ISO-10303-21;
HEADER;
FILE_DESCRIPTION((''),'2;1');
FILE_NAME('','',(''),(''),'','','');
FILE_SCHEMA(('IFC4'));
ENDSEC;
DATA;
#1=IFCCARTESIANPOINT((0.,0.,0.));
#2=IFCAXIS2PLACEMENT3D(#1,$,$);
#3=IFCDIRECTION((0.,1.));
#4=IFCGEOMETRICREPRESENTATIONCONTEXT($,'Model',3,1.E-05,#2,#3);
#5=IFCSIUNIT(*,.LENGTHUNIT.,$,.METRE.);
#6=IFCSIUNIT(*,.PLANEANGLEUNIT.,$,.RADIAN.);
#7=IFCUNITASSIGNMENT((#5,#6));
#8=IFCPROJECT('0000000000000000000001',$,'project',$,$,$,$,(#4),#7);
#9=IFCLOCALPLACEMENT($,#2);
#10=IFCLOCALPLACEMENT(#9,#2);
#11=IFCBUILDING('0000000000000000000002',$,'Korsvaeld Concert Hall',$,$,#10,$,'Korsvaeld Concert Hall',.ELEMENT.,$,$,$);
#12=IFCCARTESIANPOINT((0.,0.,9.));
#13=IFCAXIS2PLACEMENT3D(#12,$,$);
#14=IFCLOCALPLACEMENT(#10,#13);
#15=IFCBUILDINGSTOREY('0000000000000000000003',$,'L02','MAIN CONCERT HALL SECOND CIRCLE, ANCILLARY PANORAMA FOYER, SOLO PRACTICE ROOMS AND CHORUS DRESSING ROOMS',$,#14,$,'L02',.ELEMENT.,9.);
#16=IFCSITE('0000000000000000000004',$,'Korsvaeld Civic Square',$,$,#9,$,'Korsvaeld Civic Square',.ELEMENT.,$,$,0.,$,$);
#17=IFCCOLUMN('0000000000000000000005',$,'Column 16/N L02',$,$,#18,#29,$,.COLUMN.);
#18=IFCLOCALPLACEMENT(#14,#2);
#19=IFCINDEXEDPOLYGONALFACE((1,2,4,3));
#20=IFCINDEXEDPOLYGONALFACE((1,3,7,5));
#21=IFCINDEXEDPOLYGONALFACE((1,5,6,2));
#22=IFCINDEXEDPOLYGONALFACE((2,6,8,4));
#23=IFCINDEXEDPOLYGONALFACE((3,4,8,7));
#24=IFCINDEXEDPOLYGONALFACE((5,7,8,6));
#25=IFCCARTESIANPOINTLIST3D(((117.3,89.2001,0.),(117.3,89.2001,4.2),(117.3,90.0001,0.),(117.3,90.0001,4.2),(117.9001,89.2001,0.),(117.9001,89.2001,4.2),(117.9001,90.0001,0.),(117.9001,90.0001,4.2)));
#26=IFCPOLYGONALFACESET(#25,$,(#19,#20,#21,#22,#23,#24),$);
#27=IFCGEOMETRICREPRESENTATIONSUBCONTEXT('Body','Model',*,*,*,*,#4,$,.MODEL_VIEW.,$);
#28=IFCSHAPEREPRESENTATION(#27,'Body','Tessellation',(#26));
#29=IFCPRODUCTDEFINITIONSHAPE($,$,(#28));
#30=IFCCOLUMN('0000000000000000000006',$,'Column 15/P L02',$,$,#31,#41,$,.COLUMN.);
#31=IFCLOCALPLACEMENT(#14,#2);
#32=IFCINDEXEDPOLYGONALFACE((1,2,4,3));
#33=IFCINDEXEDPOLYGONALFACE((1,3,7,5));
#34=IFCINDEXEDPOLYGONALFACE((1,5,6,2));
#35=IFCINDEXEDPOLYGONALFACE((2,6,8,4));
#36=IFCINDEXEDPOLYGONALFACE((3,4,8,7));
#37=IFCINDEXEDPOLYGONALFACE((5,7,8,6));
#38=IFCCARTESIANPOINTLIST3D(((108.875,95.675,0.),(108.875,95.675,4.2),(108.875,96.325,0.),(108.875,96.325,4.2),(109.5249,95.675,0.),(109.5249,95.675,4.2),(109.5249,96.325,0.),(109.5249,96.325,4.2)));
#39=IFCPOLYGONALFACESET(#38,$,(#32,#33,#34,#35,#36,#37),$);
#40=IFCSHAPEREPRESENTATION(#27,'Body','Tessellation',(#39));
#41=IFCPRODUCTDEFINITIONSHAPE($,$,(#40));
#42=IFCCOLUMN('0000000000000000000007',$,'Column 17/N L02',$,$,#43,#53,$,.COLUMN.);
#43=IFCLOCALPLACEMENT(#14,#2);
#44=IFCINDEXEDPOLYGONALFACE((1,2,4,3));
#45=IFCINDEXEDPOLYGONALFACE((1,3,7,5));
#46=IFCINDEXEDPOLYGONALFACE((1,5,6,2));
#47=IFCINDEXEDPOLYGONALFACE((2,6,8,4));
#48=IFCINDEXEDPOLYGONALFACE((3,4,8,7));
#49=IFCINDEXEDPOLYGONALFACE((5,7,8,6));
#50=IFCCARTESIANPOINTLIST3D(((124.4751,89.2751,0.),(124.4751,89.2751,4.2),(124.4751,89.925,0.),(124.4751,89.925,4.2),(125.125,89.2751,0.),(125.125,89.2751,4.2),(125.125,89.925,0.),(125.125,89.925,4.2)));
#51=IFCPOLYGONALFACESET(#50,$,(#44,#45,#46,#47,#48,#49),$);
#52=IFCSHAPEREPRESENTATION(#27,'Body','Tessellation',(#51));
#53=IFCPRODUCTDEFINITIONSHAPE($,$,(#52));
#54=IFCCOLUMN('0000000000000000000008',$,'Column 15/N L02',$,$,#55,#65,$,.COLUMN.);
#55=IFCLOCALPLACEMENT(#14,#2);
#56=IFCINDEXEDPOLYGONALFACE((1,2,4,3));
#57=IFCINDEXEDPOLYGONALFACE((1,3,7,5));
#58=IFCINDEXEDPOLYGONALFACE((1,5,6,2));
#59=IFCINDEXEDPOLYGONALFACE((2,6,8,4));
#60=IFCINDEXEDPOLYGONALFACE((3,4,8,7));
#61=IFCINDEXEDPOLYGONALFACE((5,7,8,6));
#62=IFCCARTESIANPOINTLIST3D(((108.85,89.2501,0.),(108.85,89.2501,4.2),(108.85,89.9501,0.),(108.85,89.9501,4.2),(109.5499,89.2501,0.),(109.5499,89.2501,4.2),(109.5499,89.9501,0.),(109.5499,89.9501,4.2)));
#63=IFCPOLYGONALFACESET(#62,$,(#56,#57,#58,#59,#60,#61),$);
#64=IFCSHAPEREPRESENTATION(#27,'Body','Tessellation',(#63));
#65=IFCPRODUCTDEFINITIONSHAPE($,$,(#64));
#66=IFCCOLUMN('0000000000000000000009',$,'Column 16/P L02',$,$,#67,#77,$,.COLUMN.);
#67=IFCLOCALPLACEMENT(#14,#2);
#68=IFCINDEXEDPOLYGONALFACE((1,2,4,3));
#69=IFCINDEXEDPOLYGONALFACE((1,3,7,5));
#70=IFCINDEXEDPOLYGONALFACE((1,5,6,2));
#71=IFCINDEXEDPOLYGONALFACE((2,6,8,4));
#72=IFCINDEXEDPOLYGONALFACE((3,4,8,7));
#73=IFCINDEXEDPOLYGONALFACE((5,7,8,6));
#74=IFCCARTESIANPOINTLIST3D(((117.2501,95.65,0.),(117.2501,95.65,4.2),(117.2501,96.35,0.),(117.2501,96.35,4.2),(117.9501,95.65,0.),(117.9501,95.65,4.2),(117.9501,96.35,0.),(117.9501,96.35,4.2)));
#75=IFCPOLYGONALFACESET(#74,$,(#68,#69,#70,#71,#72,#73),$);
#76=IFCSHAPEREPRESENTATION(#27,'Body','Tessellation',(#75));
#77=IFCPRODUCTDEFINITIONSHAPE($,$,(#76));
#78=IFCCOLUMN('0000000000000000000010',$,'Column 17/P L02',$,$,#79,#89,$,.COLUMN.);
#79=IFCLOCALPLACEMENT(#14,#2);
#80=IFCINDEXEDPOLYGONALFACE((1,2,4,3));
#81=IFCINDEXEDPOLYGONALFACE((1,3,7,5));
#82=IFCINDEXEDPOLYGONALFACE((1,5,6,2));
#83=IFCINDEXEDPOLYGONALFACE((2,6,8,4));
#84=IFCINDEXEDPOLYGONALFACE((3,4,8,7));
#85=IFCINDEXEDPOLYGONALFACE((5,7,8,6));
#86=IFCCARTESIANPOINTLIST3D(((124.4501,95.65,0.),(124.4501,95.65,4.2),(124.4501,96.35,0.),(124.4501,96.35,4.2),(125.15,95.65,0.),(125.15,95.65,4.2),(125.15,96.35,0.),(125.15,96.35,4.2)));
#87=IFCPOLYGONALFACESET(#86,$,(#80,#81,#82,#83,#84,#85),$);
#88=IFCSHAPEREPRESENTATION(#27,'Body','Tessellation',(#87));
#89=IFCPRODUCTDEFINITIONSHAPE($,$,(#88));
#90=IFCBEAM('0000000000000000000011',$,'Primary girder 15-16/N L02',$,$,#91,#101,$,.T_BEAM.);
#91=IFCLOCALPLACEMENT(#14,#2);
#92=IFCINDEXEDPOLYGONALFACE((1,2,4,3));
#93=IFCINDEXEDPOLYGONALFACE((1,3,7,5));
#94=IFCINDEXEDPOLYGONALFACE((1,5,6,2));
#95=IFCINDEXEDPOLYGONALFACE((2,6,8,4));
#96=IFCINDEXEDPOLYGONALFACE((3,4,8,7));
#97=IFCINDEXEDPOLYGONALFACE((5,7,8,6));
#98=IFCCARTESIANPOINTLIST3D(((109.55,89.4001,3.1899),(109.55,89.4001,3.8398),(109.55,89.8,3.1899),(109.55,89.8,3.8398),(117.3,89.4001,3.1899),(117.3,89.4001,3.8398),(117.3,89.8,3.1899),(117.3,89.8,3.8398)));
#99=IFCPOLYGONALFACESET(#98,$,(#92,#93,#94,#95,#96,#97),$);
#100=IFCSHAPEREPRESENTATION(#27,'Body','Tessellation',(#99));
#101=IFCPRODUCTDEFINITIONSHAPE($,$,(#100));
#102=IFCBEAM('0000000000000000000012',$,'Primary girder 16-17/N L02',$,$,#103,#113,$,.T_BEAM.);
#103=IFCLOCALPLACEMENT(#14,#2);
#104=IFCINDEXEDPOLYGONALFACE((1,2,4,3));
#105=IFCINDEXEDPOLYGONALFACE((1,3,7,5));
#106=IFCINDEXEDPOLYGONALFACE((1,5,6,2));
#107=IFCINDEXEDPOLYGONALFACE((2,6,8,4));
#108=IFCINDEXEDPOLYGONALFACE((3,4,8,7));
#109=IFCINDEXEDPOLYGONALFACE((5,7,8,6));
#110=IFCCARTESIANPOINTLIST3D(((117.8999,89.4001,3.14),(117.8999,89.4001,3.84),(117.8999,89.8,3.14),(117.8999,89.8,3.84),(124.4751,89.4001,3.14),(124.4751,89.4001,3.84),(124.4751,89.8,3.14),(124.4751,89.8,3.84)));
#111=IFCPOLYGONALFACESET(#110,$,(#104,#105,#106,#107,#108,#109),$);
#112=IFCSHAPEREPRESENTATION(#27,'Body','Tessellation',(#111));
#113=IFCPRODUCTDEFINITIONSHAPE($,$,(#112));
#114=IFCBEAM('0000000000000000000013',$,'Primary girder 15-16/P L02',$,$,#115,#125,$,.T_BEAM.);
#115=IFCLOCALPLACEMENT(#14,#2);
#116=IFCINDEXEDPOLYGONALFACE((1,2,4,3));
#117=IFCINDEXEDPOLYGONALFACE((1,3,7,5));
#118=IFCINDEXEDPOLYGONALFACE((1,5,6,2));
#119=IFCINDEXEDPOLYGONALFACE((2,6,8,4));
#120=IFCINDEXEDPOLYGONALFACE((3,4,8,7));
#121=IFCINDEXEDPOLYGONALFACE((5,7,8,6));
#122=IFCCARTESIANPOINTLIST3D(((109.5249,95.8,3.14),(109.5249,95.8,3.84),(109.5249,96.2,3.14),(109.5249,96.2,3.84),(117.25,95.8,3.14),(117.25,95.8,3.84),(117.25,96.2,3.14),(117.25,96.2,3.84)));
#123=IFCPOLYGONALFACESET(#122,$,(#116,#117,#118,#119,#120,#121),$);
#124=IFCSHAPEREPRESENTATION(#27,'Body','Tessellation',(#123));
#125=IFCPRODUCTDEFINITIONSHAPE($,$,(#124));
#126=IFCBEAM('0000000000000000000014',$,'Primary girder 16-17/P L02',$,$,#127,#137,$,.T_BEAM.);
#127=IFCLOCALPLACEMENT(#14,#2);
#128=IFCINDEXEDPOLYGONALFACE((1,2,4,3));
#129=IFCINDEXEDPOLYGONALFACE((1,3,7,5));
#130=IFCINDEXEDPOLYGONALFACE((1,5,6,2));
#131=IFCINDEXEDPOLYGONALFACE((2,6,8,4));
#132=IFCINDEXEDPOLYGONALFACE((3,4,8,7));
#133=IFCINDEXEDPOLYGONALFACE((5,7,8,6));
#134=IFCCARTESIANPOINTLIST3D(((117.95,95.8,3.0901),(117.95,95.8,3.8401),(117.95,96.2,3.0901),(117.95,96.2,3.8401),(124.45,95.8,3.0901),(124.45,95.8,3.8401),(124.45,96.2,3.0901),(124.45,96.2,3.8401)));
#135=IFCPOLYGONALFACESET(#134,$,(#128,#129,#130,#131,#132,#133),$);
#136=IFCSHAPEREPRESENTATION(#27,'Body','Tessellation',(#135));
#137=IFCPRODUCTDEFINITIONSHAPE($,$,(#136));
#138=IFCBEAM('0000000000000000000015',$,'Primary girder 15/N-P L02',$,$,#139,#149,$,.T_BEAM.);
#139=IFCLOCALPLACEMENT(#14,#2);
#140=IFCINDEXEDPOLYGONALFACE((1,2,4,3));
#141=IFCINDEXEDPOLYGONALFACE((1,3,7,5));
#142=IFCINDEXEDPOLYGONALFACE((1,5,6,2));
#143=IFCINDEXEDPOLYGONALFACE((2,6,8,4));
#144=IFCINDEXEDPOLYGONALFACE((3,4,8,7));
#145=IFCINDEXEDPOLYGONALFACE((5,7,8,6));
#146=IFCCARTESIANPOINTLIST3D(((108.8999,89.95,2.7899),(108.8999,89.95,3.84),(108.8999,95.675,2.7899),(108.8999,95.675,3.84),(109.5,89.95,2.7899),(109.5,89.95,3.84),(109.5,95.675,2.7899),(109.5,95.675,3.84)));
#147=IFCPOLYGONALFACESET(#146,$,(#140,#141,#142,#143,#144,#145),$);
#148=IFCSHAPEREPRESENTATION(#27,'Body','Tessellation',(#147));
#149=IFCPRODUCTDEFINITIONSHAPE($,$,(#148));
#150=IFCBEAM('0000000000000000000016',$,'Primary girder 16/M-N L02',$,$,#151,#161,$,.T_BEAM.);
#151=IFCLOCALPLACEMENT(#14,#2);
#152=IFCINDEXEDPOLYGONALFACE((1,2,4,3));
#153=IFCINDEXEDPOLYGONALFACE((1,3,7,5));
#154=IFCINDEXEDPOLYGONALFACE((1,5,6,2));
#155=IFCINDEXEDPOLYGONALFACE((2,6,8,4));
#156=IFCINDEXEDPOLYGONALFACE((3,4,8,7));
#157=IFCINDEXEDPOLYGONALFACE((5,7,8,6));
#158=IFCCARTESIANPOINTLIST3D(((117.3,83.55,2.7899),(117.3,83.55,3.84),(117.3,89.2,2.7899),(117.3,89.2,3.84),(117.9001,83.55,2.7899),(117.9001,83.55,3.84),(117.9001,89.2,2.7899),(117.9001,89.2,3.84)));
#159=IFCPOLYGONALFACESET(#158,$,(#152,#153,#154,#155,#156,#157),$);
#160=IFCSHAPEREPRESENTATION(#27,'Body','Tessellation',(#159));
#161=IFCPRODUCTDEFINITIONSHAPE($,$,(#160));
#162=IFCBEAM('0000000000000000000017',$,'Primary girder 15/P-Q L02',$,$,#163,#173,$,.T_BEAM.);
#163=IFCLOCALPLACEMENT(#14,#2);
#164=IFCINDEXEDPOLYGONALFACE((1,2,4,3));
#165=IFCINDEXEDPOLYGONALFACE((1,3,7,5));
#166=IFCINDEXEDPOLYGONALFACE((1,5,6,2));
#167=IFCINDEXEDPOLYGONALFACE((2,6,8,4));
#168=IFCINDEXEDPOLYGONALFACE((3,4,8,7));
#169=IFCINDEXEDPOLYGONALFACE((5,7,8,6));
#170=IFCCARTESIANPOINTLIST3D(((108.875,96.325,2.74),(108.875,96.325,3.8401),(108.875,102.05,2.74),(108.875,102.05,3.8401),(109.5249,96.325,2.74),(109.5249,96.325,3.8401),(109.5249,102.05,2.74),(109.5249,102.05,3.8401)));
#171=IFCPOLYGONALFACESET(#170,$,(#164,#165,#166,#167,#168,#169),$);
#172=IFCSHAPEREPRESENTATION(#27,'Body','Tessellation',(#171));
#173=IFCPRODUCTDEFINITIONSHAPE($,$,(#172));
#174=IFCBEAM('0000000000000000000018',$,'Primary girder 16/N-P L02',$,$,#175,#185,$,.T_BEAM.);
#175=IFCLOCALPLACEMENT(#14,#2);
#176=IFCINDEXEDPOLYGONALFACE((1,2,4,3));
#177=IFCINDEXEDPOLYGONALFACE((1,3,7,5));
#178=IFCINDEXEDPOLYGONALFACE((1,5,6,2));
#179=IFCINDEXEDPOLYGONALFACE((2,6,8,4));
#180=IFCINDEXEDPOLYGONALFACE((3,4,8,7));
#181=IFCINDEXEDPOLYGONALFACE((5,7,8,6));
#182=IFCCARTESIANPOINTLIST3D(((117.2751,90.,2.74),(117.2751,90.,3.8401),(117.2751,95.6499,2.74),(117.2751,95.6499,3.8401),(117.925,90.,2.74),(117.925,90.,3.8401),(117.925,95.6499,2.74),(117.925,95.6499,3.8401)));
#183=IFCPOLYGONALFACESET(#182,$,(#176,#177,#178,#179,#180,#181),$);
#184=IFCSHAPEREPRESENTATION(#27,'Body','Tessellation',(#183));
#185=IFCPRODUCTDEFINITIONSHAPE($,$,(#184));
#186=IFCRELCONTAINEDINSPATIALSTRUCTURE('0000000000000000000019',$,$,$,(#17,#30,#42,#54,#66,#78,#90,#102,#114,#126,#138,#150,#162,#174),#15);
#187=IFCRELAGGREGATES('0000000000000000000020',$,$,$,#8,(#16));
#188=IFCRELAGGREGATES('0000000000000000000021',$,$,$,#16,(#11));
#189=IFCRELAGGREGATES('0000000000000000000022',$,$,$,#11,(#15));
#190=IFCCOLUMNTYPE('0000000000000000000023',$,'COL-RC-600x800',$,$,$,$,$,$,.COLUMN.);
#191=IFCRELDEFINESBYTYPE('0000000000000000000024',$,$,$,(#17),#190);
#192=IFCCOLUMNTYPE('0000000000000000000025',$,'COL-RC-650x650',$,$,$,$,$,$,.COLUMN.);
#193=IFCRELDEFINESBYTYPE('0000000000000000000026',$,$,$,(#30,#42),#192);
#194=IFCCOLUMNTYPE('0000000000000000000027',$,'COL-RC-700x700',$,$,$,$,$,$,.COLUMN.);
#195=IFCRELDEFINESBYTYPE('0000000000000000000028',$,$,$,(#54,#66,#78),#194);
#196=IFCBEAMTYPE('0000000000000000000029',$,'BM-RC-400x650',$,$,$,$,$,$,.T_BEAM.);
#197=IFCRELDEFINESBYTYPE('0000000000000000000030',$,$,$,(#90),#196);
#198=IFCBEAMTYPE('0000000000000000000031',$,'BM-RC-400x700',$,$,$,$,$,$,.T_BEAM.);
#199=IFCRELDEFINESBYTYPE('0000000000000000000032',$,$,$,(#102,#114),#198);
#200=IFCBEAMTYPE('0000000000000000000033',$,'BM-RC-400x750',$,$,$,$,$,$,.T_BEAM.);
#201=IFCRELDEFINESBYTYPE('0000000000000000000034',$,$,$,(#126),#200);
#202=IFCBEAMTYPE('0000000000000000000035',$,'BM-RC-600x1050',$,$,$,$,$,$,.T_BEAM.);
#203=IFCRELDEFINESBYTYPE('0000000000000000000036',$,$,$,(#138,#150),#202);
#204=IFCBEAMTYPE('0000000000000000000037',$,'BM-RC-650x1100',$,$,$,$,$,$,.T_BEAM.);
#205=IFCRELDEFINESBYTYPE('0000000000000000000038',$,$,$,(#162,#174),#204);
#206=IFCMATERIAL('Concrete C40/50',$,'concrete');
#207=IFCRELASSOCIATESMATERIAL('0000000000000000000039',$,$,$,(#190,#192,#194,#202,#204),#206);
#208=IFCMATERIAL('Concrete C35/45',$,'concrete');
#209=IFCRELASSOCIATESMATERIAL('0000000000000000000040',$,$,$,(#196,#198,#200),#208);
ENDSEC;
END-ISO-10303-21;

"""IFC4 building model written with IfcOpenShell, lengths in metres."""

from ifc_helpers import new_model, si_unit, direction, frame, origin, origin_2d, place, context, subcontext, project, spatial, rectangle, extrude, material, material_profile, profile_set, type_object, element, save


model = new_model("IFC4")

# Units and contexts
model_context = context("Model", 3, precision=1e-05, world=origin(), true_north=direction((0.0, 1.0)))
body_context = subcontext(model_context, "Body", "Model", "MODEL_VIEW")
ifc_project = project(units=[si_unit("LENGTHUNIT", "METRE"), si_unit("PLANEANGLEUNIT", "RADIAN")], contexts=[model_context])

# Site, building, storey
site_placement = place(None, origin())
site = spatial("IfcSite", under=ifc_project, at=site_placement, Name="Korsvaeld Civic Square", LongName="Korsvaeld Civic Square", CompositionType="ELEMENT", RefElevation=0.0)
building_placement = place(site_placement, origin())
building = spatial("IfcBuilding", under=site, at=building_placement, Name="Korsvaeld Concert Hall", LongName="Korsvaeld Concert Hall", CompositionType="ELEMENT")
storey_placement = place(building_placement, frame((0.0, 0.0, 9.0)))
storey = spatial("IfcBuildingStorey", under=building, at=storey_placement, Name="L02", Description="MAIN CONCERT HALL SECOND CIRCLE, ANCILLARY PANORAMA FOYER, SOLO PRACTICE ROOMS AND CHORUS DRESSING ROOMS", LongName="L02", CompositionType="ELEMENT", Elevation=9.0)

# Columns
ifc_material_1 = material(Name="Concrete C40/50", Category="concrete")
ifc_material_profile_1 = material_profile(ifc_material_1, rectangle(XDim=0.6001, YDim=0.8, at=origin_2d()), Name="RC 600x800")
ifc_profile_set_1 = profile_set([ifc_material_profile_1], Name="Concrete C40/50")
column_type_1 = type_object("IfcColumnType", Name="COL-RC-600x800", PredefinedType="COLUMN", material=ifc_profile_set_1)
column_placement = place(storey_placement, frame((117.6001, 89.6001, 0.0), z_axis=(0.0, 0.0, 1.0), x_axis=(1.0, 0.0, 0.0)))
element("IfcColumn", 1, at=column_placement, inside=storey, type_object=column_type_1, Name="Column 16/N L02", PredefinedType="COLUMN", context=body_context, shape_type="SweptSolid", body=[
    extrude(rectangle(XDim=0.6001, YDim=0.8, at=origin_2d()), origin(), (0.0, 0.0, 1.0), 4.2),
])
ifc_material_profile_2 = material_profile(ifc_material_1, rectangle(XDim=0.6499, YDim=0.6499, at=origin_2d()), Name="RC 650x650")
ifc_profile_set_2 = profile_set([ifc_material_profile_2], Name="Concrete C40/50")
column_type_2 = type_object("IfcColumnType", Name="COL-RC-650x650", PredefinedType="COLUMN", material=ifc_profile_set_2)
for number, where, z_axis, x_axis, name in (
    (2, (109.2, 96.0, 0.0), (0.0, 0.0, 1.0), (1.0, 0.0, 0.0), "Column 15/P L02"),
    (3, (124.8, 89.6001, 0.0), (0.0, 0.0, 1.0), (1.0, 0.0, 0.0), "Column 17/N L02"),
):
    element("IfcColumn", number, at=place(storey_placement, frame(where, z_axis=z_axis, x_axis=x_axis)), inside=storey, type_object=column_type_2, Name=name, PredefinedType="COLUMN", context=body_context, shape_type="SweptSolid", body=[
        extrude(rectangle(XDim=0.6499, YDim=0.6499, at=origin_2d()), origin(), (0.0, 0.0, 1.0), 4.2),
    ])
ifc_material_profile_3 = material_profile(ifc_material_1, rectangle(XDim=0.7, YDim=0.7, at=origin_2d()), Name="RC 700x700")
ifc_profile_set_3 = profile_set([ifc_material_profile_3], Name="Concrete C40/50")
column_type_3 = type_object("IfcColumnType", Name="COL-RC-700x700", PredefinedType="COLUMN", material=ifc_profile_set_3)
for number, where, z_axis, x_axis, name in (
    (4, (109.2, 89.6001, 0.0), (0.0, 0.0, 1.0), (1.0, 0.0, 0.0), "Column 15/N L02"),
    (5, (117.6001, 96.0, 0.0), (0.0, 0.0, 1.0), (1.0, 0.0, 0.0), "Column 16/P L02"),
    (6, (124.8, 96.0, 0.0), (0.0, 0.0, 1.0), (1.0, 0.0, 0.0), "Column 17/P L02"),
):
    element("IfcColumn", number, at=place(storey_placement, frame(where, z_axis=z_axis, x_axis=x_axis)), inside=storey, type_object=column_type_3, Name=name, PredefinedType="COLUMN", context=body_context, shape_type="SweptSolid", body=[
        extrude(rectangle(XDim=0.7, YDim=0.7, at=origin_2d()), origin(), (0.0, 0.0, 1.0), 4.2),
    ])

# Beams
ifc_material_2 = material(Name="Concrete C35/45", Category="concrete")
ifc_material_profile_4 = material_profile(ifc_material_2, rectangle(XDim=0.3999, YDim=0.6499, at=origin_2d()), Name="RC 400x650")
ifc_profile_set_4 = profile_set([ifc_material_profile_4], Name="Concrete C35/45")
beam_type_1 = type_object("IfcBeamType", Name="BM-RC-400x650", PredefinedType="T_BEAM", material=ifc_profile_set_4)
beam_1_placement = place(storey_placement, frame((109.55, 89.6001, 3.5149), z_axis=(1.0, 0.0, 0.0), x_axis=(0.0, 1.0, 0.0)))
element("IfcBeam", 7, at=beam_1_placement, inside=storey, type_object=beam_type_1, Name="Primary girder 15-16/N L02", PredefinedType="T_BEAM", context=body_context, shape_type="SweptSolid", body=[
    extrude(rectangle(XDim=0.3999, YDim=0.6499, at=origin_2d()), origin(), (0.0, 0.0, 1.0), 7.75),
])
ifc_material_profile_5 = material_profile(ifc_material_2, rectangle(XDim=0.3999, YDim=0.7, at=origin_2d()), Name="RC 400x700")
ifc_profile_set_5 = profile_set([ifc_material_profile_5], Name="Concrete C35/45")
beam_type_2 = type_object("IfcBeamType", Name="BM-RC-400x700", PredefinedType="T_BEAM", material=ifc_profile_set_5)
beam_2_placement = place(storey_placement, frame((117.8999, 89.6001, 3.49), z_axis=(1.0, 0.0, 0.0), x_axis=(0.0, 1.0, 0.0)))
element("IfcBeam", 8, at=beam_2_placement, inside=storey, type_object=beam_type_2, Name="Primary girder 16-17/N L02", PredefinedType="T_BEAM", context=body_context, shape_type="SweptSolid", body=[
    extrude(rectangle(XDim=0.3999, YDim=0.7, at=origin_2d()), origin(), (0.0, 0.0, 1.0), 6.5752),
])
beam_3_placement = place(storey_placement, frame((109.5249, 96.0, 3.49), z_axis=(1.0, 0.0, 0.0), x_axis=(0.0, 1.0, 0.0)))
element("IfcBeam", 9, at=beam_3_placement, inside=storey, type_object=beam_type_2, Name="Primary girder 15-16/P L02", PredefinedType="T_BEAM", context=body_context, shape_type="SweptSolid", body=[
    extrude(rectangle(XDim=0.3999, YDim=0.7, at=origin_2d()), origin(), (0.0, 0.0, 1.0), 7.7251),
])
ifc_material_profile_6 = material_profile(ifc_material_2, rectangle(XDim=0.3999, YDim=0.75, at=origin_2d()), Name="RC 400x750")
ifc_profile_set_6 = profile_set([ifc_material_profile_6], Name="Concrete C35/45")
beam_type_3 = type_object("IfcBeamType", Name="BM-RC-400x750", PredefinedType="T_BEAM", material=ifc_profile_set_6)
beam_4_placement = place(storey_placement, frame((117.95, 96.0, 3.4651), z_axis=(1.0, 0.0, 0.0), x_axis=(0.0, 1.0, 0.0)))
element("IfcBeam", 10, at=beam_4_placement, inside=storey, type_object=beam_type_3, Name="Primary girder 16-17/P L02", PredefinedType="T_BEAM", context=body_context, shape_type="SweptSolid", body=[
    extrude(rectangle(XDim=0.3999, YDim=0.75, at=origin_2d()), origin(), (0.0, 0.0, 1.0), 6.5),
])
ifc_material_profile_7 = material_profile(ifc_material_1, rectangle(XDim=0.6001, YDim=1.05, at=origin_2d()), Name="RC 600x1050")
ifc_profile_set_7 = profile_set([ifc_material_profile_7], Name="Concrete C40/50")
beam_type_4 = type_object("IfcBeamType", Name="BM-RC-600x1050", PredefinedType="T_BEAM", material=ifc_profile_set_7)
beam_5_placement = place(storey_placement, frame((109.2, 89.95, 3.3149), z_axis=(0.0, 1.0, 0.0), x_axis=(-1.0, 0.0, 0.0)))
element("IfcBeam", 11, at=beam_5_placement, inside=storey, type_object=beam_type_4, Name="Primary girder 15/N-P L02", PredefinedType="T_BEAM", context=body_context, shape_type="SweptSolid", body=[
    extrude(rectangle(XDim=0.6001, YDim=1.05, at=origin_2d()), origin(), (0.0, 0.0, 1.0), 5.7251),
])
beam_6_placement = place(storey_placement, frame((117.6001, 83.55, 3.3149), z_axis=(0.0, 1.0, 0.0), x_axis=(-1.0, 0.0, 0.0)))
element("IfcBeam", 12, at=beam_6_placement, inside=storey, type_object=beam_type_4, Name="Primary girder 16/M-N L02", PredefinedType="T_BEAM", context=body_context, shape_type="SweptSolid", body=[
    extrude(rectangle(XDim=0.6001, YDim=1.05, at=origin_2d()), origin(), (0.0, 0.0, 1.0), 5.6499),
])
ifc_material_profile_8 = material_profile(ifc_material_1, rectangle(XDim=0.6499, YDim=1.1001, at=origin_2d()), Name="RC 650x1100")
ifc_profile_set_8 = profile_set([ifc_material_profile_8], Name="Concrete C40/50")
beam_type_5 = type_object("IfcBeamType", Name="BM-RC-650x1100", PredefinedType="T_BEAM", material=ifc_profile_set_8)
beam_7_placement = place(storey_placement, frame((109.2, 96.325, 3.29), z_axis=(0.0, 1.0, 0.0), x_axis=(-1.0, 0.0, 0.0)))
element("IfcBeam", 13, at=beam_7_placement, inside=storey, type_object=beam_type_5, Name="Primary girder 15/P-Q L02", PredefinedType="T_BEAM", context=body_context, shape_type="SweptSolid", body=[
    extrude(rectangle(XDim=0.6499, YDim=1.1001, at=origin_2d()), origin(), (0.0, 0.0, 1.0), 5.7251),
])
beam_8_placement = place(storey_placement, frame((117.6001, 90.0, 3.29), z_axis=(0.0, 1.0, 0.0), x_axis=(-1.0, 0.0, 0.0)))
element("IfcBeam", 14, at=beam_8_placement, inside=storey, type_object=beam_type_5, Name="Primary girder 16/N-P L02", PredefinedType="T_BEAM", context=body_context, shape_type="SweptSolid", body=[
    extrude(rectangle(XDim=0.6499, YDim=1.1001, at=origin_2d()), origin(), (0.0, 0.0, 1.0), 5.6499),
])

save(model, "model.ifc")
